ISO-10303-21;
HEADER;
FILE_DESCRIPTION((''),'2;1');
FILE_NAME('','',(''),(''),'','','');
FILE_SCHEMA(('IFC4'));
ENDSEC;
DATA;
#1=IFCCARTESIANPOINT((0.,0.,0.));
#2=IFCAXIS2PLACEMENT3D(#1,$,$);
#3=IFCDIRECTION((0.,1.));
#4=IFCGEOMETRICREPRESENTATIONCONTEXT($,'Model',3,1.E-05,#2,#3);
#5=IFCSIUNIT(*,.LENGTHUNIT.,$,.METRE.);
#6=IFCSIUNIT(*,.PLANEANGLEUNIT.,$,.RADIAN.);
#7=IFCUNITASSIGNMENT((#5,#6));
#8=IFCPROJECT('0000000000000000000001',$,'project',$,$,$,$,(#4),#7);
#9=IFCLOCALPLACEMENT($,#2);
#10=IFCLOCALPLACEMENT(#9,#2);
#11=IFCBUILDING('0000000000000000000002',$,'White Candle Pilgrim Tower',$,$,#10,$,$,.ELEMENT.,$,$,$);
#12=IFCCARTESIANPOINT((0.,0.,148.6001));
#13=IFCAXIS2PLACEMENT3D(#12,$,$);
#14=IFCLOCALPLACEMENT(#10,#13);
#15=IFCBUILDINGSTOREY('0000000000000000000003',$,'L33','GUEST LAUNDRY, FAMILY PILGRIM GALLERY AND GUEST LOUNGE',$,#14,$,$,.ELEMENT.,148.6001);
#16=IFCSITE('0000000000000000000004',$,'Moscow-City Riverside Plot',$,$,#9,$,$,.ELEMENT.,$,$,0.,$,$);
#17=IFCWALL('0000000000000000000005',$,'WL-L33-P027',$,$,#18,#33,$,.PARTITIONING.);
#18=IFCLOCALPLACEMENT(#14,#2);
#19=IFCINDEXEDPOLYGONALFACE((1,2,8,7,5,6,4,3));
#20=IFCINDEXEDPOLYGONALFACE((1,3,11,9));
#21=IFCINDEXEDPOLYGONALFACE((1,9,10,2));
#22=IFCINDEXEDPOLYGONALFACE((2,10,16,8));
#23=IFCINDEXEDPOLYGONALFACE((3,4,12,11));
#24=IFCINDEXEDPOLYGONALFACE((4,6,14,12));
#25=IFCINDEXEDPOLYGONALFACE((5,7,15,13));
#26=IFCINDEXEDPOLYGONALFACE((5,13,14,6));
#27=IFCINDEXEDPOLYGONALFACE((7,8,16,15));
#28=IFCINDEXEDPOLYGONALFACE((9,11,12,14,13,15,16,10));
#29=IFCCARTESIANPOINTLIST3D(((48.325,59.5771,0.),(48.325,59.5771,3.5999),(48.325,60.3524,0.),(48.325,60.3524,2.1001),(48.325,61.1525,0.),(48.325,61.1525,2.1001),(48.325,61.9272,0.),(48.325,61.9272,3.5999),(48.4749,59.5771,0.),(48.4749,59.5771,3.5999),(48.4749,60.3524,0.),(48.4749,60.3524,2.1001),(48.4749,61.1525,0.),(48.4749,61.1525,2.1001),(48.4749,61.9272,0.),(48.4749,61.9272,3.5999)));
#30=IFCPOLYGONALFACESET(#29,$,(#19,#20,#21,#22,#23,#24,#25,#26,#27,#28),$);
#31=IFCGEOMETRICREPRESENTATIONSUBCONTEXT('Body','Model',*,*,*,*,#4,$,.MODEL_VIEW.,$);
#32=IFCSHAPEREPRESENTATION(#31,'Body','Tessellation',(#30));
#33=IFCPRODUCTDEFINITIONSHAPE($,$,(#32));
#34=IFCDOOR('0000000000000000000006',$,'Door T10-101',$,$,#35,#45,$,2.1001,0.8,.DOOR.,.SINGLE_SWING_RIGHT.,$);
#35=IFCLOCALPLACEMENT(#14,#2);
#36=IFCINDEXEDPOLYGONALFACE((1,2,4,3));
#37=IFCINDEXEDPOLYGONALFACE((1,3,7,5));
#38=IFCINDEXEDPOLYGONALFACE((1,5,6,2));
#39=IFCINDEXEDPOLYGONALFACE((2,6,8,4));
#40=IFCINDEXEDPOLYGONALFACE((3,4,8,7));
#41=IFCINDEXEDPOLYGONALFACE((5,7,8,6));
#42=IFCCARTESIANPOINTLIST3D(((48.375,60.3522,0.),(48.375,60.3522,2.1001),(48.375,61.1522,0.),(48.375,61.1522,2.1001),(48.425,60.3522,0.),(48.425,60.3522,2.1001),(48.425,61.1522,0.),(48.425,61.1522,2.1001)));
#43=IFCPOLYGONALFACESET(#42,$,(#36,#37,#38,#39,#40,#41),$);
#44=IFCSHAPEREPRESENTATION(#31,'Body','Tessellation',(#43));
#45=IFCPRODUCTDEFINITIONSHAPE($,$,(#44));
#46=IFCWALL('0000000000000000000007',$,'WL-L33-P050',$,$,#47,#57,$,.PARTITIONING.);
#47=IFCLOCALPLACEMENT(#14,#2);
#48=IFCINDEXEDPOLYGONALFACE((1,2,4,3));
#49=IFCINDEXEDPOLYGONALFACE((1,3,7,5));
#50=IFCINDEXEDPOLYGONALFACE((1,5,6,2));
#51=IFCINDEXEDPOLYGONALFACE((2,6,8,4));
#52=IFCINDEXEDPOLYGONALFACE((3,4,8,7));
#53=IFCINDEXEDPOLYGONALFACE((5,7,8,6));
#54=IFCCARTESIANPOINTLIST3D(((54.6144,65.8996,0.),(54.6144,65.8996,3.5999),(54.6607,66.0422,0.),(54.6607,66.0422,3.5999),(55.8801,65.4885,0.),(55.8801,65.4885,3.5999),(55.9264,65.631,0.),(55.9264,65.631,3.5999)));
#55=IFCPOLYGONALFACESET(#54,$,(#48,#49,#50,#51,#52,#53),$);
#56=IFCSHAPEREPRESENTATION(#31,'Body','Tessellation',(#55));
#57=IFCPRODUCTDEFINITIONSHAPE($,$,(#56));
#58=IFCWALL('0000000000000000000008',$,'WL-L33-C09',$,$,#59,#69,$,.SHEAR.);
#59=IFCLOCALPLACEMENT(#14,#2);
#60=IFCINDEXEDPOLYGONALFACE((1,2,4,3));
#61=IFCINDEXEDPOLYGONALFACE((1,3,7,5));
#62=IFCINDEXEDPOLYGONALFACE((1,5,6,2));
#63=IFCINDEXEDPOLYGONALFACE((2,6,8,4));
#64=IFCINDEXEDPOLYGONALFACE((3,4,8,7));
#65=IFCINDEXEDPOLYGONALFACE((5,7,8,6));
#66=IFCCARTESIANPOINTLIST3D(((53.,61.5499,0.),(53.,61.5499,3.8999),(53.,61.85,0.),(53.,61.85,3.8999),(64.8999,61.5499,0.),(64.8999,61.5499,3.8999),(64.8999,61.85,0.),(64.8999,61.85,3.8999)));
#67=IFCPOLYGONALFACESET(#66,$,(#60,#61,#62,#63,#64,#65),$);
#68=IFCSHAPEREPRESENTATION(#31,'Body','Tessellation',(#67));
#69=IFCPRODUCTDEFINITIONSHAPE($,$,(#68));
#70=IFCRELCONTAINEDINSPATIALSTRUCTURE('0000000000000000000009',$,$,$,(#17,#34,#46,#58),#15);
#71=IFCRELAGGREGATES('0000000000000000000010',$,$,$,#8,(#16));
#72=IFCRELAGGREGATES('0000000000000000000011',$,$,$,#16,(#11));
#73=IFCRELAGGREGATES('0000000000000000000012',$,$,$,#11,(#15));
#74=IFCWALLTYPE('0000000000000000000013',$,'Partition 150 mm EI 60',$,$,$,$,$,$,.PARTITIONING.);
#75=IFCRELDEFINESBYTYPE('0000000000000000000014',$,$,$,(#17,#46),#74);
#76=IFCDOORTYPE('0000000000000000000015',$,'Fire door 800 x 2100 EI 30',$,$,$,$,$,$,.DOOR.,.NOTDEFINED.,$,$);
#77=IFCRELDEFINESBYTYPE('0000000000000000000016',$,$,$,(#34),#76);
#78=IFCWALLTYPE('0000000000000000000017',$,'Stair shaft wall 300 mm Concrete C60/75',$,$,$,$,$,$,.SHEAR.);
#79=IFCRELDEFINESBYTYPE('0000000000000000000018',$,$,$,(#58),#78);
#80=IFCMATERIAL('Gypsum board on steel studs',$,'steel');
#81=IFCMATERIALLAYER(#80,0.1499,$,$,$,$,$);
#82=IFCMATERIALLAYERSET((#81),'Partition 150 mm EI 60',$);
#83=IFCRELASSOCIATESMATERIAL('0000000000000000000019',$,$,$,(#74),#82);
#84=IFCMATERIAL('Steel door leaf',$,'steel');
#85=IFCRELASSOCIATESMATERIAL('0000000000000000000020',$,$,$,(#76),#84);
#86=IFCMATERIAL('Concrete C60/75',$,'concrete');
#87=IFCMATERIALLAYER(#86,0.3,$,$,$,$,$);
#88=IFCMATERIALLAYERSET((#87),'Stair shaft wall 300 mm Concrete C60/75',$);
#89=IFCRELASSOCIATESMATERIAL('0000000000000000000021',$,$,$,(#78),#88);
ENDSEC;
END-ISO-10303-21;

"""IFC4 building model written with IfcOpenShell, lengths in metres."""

from ifc_helpers import new_model, si_unit, direction, frame, frame_2d, origin, place, context, subcontext, project, spatial, rectangle, extrude, material, layer, layer_set, type_object, element, fill, save


model = new_model("IFC4")

# Units and contexts
model_context = context("Model", 3, precision=1e-05, world=origin(), true_north=direction((0.0, 1.0)))
body_context = subcontext(model_context, "Body", "Model", "MODEL_VIEW")
ifc_project = project(units=[si_unit("LENGTHUNIT", "METRE"), si_unit("PLANEANGLEUNIT", "RADIAN")], contexts=[model_context])

# Site, building, storey
site_placement = place(None, origin())
site = spatial("IfcSite", under=ifc_project, at=site_placement, Name="Moscow-City Riverside Plot", CompositionType="ELEMENT", RefElevation=0.0)
building_placement = place(site_placement, origin())
building = spatial("IfcBuilding", under=site, at=building_placement, Name="White Candle Pilgrim Tower", CompositionType="ELEMENT")
storey_placement = place(building_placement, frame((0.0, 0.0, 148.6001)))
storey = spatial("IfcBuildingStorey", under=building, at=storey_placement, Name="L33", Description="GUEST LAUNDRY, FAMILY PILGRIM GALLERY AND GUEST LOUNGE", CompositionType="ELEMENT", Elevation=148.6001)

# Shared definitions
ifc_material_1 = material(Name="Gypsum board on steel studs", Category="steel")

# Shared definitions
ifc_material_2 = material(Name="Steel door leaf", Category="steel")

# Shared definitions
ifc_layer_1 = layer(ifc_material_1, 0.1499)
ifc_layer_set_1 = layer_set([ifc_layer_1], Name="Partition 150 mm EI 60")
wall_type_1 = type_object("IfcWallType", Name="Partition 150 mm EI 60", PredefinedType="PARTITIONING", material=ifc_layer_set_1)

# Wall, opening, door
wall_1_placement = place(storey_placement, frame((48.3999, 61.9272, 0.0), z_axis=(0.0, 0.0, 1.0), x_axis=(0.0, -1.0, 0.0)))
wall_1 = element("IfcWall", 1, at=wall_1_placement, inside=storey, type_object=wall_type_1, Name="WL-L33-P027", PredefinedType="PARTITIONING", context=body_context, shape_type="SweptSolid", body=[
    extrude(rectangle(XDim=2.3501, YDim=0.1499, at=frame_2d((1.175, 0.0))), origin(), (0.0, 0.0, 1.0), 3.5999),
])
opening_1_placement = place(wall_1_placement, frame((0.7749, 0.0, 0.0)))
opening_1 = element("IfcOpeningElement", 2, at=opening_1_placement, cuts=wall_1, PredefinedType="OPENING", context=body_context, shape_type="SweptSolid", body=[
    extrude(rectangle(XDim=0.8, YDim=2.1001, at=frame_2d((0.3999, 1.05))), frame((0.0, 0.085, 0.0), z_axis=(0.0, -1.0, 0.0), x_axis=(1.0, 0.0, 0.0)), (0.0, 0.0, 1.0), 0.1699),
])
door_type_1 = type_object("IfcDoorType", Name="Fire door 800 x 2100 EI 30", OperationType="NOTDEFINED", PredefinedType="DOOR", material=ifc_material_2)
door_1_placement = place(opening_1_placement, frame((0.8, 0.0, 0.0), z_axis=(0.0, 0.0, 1.0), x_axis=(-1.0, 0.0, 0.0)))
door_1 = element("IfcDoor", 3, at=door_1_placement, inside=storey, type_object=door_type_1, Name="Door T10-101", OperationType="SINGLE_SWING_RIGHT", OverallHeight=2.1001, OverallWidth=0.8, PredefinedType="DOOR", context=body_context, shape_type="SweptSolid", body=[
    extrude(rectangle(XDim=0.8, YDim=2.1001, at=frame_2d((0.3999, 1.05))), frame((0.0, 0.0249, 0.0), z_axis=(0.0, -1.0, 0.0), x_axis=(1.0, 0.0, 0.0)), (0.0, 0.0, 1.0), 0.05),
])
fill(opening_1, door_1)

# Walls
wall_2_placement = place(storey_placement, frame((54.6375, 65.9709, 0.0), z_axis=(0.0, 0.0, 1.0), x_axis=(0.951077, -0.308953, 0.0)))
element("IfcWall", 4, at=wall_2_placement, inside=storey, type_object=wall_type_1, Name="WL-L33-P050", PredefinedType="PARTITIONING", context=body_context, shape_type="SweptSolid", body=[
    extrude(rectangle(XDim=1.3308, YDim=0.1499, at=frame_2d((0.6655, 0.0))), origin(), (0.0, 0.0, 1.0), 3.5999),
])
ifc_material_3 = material(Name="Concrete C60/75", Category="concrete")
ifc_layer_2 = layer(ifc_material_3, 0.3)
ifc_layer_set_2 = layer_set([ifc_layer_2], Name="Stair shaft wall 300 mm Concrete C60/75")
wall_type_2 = type_object("IfcWallType", Name="Stair shaft wall 300 mm Concrete C60/75", PredefinedType="SHEAR", material=ifc_layer_set_2)
wall_3_placement = place(storey_placement, frame((53.0, 61.7, 0.0), z_axis=(0.0, 0.0, 1.0), x_axis=(1.0, 0.0, 0.0)))
element("IfcWall", 5, at=wall_3_placement, inside=storey, type_object=wall_type_2, Name="WL-L33-C09", PredefinedType="SHEAR", context=body_context, shape_type="SweptSolid", body=[
    extrude(rectangle(XDim=11.8999, YDim=0.3, at=frame_2d((5.95, 0.0))), origin(), (0.0, 0.0, 1.0), 3.8999),
])

save(model, "model.ifc")
